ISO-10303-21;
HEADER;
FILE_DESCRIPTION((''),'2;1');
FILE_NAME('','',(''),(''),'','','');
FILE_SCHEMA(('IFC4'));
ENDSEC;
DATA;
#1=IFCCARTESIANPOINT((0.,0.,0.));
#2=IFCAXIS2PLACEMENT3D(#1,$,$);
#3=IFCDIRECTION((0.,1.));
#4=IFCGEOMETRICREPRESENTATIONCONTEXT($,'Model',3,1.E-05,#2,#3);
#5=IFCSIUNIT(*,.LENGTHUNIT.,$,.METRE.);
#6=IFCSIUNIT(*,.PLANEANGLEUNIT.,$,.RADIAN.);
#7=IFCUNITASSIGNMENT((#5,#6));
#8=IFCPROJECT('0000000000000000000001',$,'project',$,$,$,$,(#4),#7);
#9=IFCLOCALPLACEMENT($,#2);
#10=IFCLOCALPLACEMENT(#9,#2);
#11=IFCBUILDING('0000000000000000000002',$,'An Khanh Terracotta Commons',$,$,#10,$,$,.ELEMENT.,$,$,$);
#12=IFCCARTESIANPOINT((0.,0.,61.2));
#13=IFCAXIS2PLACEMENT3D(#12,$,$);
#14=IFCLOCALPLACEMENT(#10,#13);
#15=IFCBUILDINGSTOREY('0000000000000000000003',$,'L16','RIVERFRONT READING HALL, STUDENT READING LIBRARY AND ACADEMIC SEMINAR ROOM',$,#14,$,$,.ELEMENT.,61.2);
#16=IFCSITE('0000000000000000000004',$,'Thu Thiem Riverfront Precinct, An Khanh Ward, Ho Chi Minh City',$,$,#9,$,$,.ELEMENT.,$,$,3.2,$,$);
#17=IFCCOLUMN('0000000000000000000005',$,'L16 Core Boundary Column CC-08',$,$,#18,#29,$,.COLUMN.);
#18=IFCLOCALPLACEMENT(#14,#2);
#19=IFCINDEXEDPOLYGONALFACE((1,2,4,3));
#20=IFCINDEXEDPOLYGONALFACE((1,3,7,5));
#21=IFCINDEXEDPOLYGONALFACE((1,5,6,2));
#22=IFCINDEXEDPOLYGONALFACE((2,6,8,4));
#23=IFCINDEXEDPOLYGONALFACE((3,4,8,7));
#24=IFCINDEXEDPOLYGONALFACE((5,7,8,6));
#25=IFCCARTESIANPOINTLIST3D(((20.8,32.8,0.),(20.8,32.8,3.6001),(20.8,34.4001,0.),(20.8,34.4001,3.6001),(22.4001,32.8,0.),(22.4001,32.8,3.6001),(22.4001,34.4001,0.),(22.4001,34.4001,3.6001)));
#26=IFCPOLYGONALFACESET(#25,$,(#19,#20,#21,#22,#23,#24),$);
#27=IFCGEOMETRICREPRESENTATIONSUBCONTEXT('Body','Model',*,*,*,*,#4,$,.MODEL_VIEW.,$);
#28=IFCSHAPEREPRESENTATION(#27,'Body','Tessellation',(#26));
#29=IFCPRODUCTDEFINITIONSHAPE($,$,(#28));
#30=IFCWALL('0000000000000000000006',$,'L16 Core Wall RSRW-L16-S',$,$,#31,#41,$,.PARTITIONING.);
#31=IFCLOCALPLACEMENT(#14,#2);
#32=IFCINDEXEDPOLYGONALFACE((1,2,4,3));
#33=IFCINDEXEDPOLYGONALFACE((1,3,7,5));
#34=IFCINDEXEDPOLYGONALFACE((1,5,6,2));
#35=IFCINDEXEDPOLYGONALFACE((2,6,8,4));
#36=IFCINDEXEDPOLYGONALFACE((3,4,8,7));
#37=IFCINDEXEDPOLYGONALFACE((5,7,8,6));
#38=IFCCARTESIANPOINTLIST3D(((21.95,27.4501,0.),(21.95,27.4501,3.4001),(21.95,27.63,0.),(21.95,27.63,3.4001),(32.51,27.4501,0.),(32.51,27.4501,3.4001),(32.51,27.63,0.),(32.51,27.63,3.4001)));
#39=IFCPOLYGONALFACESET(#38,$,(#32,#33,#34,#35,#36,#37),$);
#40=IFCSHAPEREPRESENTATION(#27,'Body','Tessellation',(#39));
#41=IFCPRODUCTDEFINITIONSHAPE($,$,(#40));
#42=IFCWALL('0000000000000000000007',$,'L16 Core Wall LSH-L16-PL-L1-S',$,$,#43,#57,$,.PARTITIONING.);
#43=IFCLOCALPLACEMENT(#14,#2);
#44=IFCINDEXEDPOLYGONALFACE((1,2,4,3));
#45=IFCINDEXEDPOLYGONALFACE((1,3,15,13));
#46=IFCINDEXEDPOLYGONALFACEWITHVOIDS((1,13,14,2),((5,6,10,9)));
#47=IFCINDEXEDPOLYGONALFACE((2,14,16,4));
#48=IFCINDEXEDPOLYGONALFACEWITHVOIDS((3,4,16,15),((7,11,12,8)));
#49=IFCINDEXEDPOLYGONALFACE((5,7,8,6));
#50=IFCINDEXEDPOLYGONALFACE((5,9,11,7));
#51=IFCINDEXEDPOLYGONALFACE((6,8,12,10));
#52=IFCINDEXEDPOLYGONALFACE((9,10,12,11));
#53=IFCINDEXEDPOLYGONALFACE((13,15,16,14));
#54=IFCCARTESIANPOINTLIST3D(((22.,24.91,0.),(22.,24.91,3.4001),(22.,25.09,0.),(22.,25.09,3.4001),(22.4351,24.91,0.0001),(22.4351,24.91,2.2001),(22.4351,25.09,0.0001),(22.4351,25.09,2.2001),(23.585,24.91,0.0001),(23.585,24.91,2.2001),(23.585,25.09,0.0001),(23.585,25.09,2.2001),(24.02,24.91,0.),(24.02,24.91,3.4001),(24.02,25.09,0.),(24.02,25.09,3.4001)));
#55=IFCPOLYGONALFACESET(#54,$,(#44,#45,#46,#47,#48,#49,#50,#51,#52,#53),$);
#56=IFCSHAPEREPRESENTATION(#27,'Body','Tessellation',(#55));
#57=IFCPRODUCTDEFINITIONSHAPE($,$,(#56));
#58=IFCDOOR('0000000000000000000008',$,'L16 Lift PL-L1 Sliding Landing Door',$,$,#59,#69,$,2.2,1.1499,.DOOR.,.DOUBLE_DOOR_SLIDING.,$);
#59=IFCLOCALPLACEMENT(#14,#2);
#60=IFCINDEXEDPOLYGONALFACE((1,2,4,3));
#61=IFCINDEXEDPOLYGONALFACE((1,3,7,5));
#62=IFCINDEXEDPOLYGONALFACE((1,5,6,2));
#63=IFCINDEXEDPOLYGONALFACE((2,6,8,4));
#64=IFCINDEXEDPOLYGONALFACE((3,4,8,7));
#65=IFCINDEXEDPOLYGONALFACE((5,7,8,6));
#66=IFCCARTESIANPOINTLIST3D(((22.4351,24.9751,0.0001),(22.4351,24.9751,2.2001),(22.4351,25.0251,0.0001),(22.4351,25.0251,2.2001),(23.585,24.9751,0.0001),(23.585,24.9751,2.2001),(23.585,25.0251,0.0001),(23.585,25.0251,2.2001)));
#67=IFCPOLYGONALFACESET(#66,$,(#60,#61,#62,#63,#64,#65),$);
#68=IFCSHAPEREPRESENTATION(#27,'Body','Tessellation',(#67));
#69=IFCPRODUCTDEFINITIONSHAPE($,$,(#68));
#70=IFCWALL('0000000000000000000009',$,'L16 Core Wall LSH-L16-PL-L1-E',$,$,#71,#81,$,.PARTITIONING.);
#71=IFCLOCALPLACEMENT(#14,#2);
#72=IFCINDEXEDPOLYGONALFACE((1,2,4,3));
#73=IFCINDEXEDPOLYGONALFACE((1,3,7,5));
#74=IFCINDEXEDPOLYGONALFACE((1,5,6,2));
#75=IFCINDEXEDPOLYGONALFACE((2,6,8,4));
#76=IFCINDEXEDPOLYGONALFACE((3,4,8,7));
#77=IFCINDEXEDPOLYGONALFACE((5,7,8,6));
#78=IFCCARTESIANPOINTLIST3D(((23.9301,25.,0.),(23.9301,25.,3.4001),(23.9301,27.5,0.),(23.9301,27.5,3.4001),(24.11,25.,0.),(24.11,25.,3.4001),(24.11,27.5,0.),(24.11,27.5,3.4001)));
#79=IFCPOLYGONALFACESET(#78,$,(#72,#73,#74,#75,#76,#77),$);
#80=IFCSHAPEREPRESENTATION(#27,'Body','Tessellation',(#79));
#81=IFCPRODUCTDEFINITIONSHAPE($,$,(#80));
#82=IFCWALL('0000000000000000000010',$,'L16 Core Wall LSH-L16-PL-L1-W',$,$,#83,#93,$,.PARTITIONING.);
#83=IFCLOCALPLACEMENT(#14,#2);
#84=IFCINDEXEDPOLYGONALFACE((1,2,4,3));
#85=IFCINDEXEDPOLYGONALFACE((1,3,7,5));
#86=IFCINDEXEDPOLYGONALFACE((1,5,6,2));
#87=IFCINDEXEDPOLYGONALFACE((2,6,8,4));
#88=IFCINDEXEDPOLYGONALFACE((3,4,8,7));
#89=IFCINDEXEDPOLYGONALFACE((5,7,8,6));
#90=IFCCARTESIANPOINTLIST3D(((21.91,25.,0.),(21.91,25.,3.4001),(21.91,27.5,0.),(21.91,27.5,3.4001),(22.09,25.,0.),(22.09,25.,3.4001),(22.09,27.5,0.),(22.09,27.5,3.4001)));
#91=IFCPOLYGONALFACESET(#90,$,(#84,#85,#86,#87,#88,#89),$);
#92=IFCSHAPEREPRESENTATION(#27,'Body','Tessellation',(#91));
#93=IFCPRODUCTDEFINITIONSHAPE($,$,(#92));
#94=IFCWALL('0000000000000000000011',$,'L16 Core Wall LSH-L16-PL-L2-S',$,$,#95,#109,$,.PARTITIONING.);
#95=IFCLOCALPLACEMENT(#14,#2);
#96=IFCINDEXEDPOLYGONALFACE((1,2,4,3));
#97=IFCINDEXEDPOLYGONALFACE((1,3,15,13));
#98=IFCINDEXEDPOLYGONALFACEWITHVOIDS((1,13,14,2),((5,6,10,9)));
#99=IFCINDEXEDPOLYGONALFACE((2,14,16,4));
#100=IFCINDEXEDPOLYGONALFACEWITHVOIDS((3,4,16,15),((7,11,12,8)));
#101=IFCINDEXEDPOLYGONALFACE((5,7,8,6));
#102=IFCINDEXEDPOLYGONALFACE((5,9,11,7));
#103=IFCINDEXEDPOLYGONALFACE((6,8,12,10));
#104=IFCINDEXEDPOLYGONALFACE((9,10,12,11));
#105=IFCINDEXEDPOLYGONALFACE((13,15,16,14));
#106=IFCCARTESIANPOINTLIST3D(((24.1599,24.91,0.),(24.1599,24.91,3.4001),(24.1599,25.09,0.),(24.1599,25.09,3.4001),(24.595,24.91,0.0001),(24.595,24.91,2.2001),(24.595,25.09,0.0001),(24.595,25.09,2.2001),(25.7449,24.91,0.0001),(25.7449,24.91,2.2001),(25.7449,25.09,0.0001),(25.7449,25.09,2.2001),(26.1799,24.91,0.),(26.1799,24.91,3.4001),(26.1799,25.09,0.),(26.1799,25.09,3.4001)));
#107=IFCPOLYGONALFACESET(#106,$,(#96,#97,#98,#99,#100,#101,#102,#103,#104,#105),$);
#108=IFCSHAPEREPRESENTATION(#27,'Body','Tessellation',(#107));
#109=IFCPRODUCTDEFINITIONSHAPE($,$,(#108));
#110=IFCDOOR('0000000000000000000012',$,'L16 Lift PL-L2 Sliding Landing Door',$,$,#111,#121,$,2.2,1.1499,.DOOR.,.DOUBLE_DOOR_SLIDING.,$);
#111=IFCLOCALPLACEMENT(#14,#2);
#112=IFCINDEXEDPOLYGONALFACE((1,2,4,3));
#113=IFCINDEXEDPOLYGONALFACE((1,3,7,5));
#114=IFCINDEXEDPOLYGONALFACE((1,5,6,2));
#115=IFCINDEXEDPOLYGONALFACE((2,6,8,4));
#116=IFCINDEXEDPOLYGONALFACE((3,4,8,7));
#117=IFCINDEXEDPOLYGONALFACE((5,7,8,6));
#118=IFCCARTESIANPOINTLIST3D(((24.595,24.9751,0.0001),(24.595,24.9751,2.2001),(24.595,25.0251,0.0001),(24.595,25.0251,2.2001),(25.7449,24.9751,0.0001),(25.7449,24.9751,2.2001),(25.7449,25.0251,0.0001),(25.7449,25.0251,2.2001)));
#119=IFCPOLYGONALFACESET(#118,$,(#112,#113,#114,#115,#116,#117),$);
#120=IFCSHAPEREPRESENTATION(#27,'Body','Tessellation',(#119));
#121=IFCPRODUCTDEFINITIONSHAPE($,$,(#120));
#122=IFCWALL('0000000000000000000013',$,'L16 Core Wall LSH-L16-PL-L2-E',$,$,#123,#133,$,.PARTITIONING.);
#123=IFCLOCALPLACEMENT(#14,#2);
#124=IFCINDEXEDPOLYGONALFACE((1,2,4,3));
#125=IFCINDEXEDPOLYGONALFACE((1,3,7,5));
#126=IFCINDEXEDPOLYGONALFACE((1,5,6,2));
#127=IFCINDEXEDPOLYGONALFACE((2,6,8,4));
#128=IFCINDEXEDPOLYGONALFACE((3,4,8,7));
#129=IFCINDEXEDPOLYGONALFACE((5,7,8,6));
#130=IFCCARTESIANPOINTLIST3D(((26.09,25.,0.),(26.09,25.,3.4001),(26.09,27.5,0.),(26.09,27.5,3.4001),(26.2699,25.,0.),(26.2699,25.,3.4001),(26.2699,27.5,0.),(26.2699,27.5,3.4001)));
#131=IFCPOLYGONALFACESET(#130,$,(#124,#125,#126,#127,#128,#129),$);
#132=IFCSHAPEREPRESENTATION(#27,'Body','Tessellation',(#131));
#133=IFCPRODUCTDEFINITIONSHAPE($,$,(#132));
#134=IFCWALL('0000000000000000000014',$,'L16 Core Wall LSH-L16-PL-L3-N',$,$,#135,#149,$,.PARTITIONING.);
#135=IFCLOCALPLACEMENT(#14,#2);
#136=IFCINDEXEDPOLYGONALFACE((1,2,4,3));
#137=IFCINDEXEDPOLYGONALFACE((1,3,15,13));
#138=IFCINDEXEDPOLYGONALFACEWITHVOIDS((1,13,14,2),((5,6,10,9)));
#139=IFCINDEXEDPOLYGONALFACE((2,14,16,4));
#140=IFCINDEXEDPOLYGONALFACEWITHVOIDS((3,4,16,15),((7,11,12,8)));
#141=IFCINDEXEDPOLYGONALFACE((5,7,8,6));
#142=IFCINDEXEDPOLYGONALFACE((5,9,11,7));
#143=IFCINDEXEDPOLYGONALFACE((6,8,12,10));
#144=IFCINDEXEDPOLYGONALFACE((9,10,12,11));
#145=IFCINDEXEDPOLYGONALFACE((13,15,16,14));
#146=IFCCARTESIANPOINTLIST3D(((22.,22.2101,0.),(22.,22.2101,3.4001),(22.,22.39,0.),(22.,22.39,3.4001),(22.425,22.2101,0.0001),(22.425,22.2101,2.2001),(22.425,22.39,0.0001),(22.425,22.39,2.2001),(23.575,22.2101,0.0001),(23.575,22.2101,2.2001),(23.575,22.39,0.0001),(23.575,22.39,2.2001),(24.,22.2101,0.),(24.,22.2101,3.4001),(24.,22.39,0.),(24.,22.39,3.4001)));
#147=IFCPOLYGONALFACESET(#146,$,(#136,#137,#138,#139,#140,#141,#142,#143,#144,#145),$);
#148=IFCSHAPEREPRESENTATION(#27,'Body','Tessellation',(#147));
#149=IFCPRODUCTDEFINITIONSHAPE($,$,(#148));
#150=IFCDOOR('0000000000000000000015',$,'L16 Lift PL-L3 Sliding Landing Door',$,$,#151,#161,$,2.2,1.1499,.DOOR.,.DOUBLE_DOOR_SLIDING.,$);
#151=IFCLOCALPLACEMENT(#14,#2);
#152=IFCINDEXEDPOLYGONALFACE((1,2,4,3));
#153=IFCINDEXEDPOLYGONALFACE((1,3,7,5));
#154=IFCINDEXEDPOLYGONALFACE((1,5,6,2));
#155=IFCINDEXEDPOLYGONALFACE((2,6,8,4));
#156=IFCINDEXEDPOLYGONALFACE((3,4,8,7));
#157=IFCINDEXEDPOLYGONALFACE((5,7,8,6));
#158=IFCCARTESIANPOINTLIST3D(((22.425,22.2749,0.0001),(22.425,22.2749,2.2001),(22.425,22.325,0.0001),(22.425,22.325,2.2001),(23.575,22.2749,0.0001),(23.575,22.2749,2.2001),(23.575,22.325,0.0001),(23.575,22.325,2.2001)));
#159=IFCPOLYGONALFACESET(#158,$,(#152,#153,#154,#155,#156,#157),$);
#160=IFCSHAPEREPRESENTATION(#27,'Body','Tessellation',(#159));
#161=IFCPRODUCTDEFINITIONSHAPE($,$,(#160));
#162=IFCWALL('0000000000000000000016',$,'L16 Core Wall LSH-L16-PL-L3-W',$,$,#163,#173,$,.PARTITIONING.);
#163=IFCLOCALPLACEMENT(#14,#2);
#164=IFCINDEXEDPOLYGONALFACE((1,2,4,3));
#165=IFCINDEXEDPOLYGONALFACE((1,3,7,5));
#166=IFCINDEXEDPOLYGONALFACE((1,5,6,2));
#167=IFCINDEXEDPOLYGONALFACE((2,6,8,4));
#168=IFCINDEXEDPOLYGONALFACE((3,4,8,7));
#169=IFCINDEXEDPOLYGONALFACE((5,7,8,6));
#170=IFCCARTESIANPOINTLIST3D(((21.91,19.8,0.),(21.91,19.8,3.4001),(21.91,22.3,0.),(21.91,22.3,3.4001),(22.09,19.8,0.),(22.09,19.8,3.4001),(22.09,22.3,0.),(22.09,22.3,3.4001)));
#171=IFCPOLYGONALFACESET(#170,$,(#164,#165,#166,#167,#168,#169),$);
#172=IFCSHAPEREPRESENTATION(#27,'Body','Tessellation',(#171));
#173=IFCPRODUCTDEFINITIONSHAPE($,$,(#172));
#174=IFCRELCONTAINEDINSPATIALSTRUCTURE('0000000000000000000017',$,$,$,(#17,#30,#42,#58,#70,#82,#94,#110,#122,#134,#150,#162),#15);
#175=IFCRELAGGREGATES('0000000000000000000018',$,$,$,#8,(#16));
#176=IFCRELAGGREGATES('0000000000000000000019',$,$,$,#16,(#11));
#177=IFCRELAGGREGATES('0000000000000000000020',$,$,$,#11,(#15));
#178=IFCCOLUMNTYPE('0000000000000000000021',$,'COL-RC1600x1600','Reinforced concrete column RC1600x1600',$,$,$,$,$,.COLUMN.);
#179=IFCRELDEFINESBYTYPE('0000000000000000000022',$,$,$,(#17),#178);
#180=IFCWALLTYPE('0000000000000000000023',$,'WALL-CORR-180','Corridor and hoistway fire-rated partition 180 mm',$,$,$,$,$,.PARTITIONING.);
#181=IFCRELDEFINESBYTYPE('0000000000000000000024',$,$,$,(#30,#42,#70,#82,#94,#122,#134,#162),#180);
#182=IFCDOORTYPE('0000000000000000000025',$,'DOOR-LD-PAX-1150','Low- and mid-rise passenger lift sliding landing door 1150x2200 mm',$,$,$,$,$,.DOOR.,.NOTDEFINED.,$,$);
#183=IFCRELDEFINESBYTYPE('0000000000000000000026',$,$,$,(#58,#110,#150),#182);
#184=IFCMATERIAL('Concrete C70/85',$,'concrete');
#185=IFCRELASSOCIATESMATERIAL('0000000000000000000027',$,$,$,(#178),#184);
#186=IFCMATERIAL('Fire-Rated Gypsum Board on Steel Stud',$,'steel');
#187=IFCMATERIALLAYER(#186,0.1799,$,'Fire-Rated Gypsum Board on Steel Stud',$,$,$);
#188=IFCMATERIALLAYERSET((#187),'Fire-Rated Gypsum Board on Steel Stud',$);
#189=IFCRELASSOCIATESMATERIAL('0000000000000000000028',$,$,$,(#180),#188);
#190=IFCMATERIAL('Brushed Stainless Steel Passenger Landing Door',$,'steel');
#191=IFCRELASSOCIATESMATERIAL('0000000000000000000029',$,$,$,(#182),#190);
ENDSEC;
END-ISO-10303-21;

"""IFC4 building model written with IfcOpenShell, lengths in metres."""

from ifc_helpers import new_model, si_unit, direction, frame, frame_2d, origin, origin_2d, place, context, subcontext, project, spatial, rectangle, extrude, material, layer, layer_set, material_profile, profile_set, type_object, element, fill, save


model = new_model("IFC4")

# Units and contexts
model_context = context("Model", 3, precision=1e-05, world=origin(), true_north=direction((0.0, 1.0)))
body_context = subcontext(model_context, "Body", "Model", "MODEL_VIEW")
ifc_project = project(units=[si_unit("LENGTHUNIT", "METRE"), si_unit("PLANEANGLEUNIT", "RADIAN")], contexts=[model_context])

# Site, building, storey
site_placement = place(None, origin())
site = spatial("IfcSite", under=ifc_project, at=site_placement, Name="Thu Thiem Riverfront Precinct, An Khanh Ward, Ho Chi Minh City", CompositionType="ELEMENT", RefElevation=3.2)
building_placement = place(site_placement, origin())
building = spatial("IfcBuilding", under=site, at=building_placement, Name="An Khanh Terracotta Commons", CompositionType="ELEMENT")
storey_placement = place(building_placement, frame((0.0, 0.0, 61.2)))
storey = spatial("IfcBuildingStorey", under=building, at=storey_placement, Name="L16", Description="RIVERFRONT READING HALL, STUDENT READING LIBRARY AND ACADEMIC SEMINAR ROOM", CompositionType="ELEMENT", Elevation=61.2)

# Column
ifc_material_1 = material(Name="Concrete C70/85", Category="concrete")
ifc_material_profile = material_profile(ifc_material_1, rectangle(XDim=1.6001, YDim=1.6001, at=origin_2d()), Name="RC1600x1600")
ifc_profile_set = profile_set([ifc_material_profile], Name="Concrete C70/85")
column_type = type_object("IfcColumnType", Name="COL-RC1600x1600", Description="Reinforced concrete column RC1600x1600", PredefinedType="COLUMN", material=ifc_profile_set)
column_placement = place(storey_placement, frame((21.6001, 33.6001, 0.0), z_axis=(0.0, 0.0, 1.0), x_axis=(1.0, 0.0, 0.0)))
element("IfcColumn", 1, at=column_placement, inside=storey, type_object=column_type, Name="L16 Core Boundary Column CC-08", PredefinedType="COLUMN", context=body_context, shape_type="SweptSolid", body=[
    extrude(rectangle(XDim=1.6001, YDim=1.6001, at=origin_2d()), origin(), (0.0, 0.0, 1.0), 3.6001),
])

# Wall
ifc_material_2 = material(Name="Fire-Rated Gypsum Board on Steel Stud", Category="steel")
ifc_layer_1 = layer(ifc_material_2, 0.1799, Name="Fire-Rated Gypsum Board on Steel Stud")
ifc_layer_set_1 = layer_set([ifc_layer_1], Name="Fire-Rated Gypsum Board on Steel Stud")
wall_type_1 = type_object("IfcWallType", Name="WALL-CORR-180", Description="Corridor and hoistway fire-rated partition 180 mm", PredefinedType="PARTITIONING", material=ifc_layer_set_1)
wall_1_placement = place(storey_placement, frame((21.95, 27.54, 0.0), z_axis=(0.0, 0.0, 1.0), x_axis=(1.0, 0.0, 0.0)))
element("IfcWall", 2, at=wall_1_placement, inside=storey, type_object=wall_type_1, Name="L16 Core Wall RSRW-L16-S", PredefinedType="PARTITIONING", context=body_context, shape_type="SweptSolid", body=[
    extrude(rectangle(XDim=10.5601, YDim=0.1799, at=frame_2d((5.28, 0.0))), origin(), (0.0, 0.0, 1.0), 3.4001),
])

# Wall, opening, door
wall_2_placement = place(storey_placement, frame((24.02, 25.0, 0.0), z_axis=(0.0, 0.0, 1.0), x_axis=(-1.0, 0.0, 0.0)))
wall_2 = element("IfcWall", 3, at=wall_2_placement, inside=storey, type_object=wall_type_1, Name="L16 Core Wall LSH-L16-PL-L1-S", PredefinedType="PARTITIONING", context=body_context, shape_type="SweptSolid", body=[
    extrude(rectangle(XDim=2.02, YDim=0.1799, at=frame_2d((1.01, 0.0))), origin(), (0.0, 0.0, 1.0), 3.4001),
])
opening_1_placement = place(wall_2_placement, frame((0.4351, 0.0, 0.0)))
opening_1 = element("IfcOpeningElement", 4, at=opening_1_placement, cuts=wall_2, PredefinedType="OPENING", context=body_context, shape_type="SweptSolid", body=[
    extrude(rectangle(XDim=1.1499, YDim=2.2, at=frame_2d((0.575, 1.1001))), frame((0.0, 0.0999, 0.0), z_axis=(0.0, -1.0, 0.0), x_axis=(1.0, 0.0, 0.0)), (0.0, 0.0, 1.0), 0.2),
])
ifc_material_3 = material(Name="Brushed Stainless Steel Passenger Landing Door", Category="steel")
door_type = type_object("IfcDoorType", Name="DOOR-LD-PAX-1150", Description="Low- and mid-rise passenger lift sliding landing door 1150x2200 mm", OperationType="NOTDEFINED", PredefinedType="DOOR", material=ifc_material_3)
door_1_placement = place(opening_1_placement, origin())
door_1 = element("IfcDoor", 5, at=door_1_placement, inside=storey, type_object=door_type, Name="L16 Lift PL-L1 Sliding Landing Door", OperationType="DOUBLE_DOOR_SLIDING", OverallHeight=2.2, OverallWidth=1.1499, PredefinedType="DOOR", context=body_context, shape_type="SweptSolid", body=[
    extrude(rectangle(XDim=1.1499, YDim=2.2, at=frame_2d((0.575, 1.1001))), frame((0.0, 0.0249, 0.0), z_axis=(0.0, -1.0, 0.0), x_axis=(1.0, 0.0, 0.0)), (0.0, 0.0, 1.0), 0.05),
])
fill(opening_1, door_1)

# Walls
for number, where, z_axis, x_axis, name in (
    (6, (24.02, 25.0, 0.0), (0.0, 0.0, 1.0), (0.0, 1.0, 0.0), "L16 Core Wall LSH-L16-PL-L1-E"),
    (7, (22.0, 27.5, 0.0), (0.0, 0.0, 1.0), (0.0, -1.0, 0.0), "L16 Core Wall LSH-L16-PL-L1-W"),
):
    element("IfcWall", number, at=place(storey_placement, frame(where, z_axis=z_axis, x_axis=x_axis)), inside=storey, type_object=wall_type_1, Name=name, PredefinedType="PARTITIONING", context=body_context, shape_type="SweptSolid", body=[
        extrude(rectangle(XDim=2.5, YDim=0.1799, at=frame_2d((1.25, 0.0))), origin(), (0.0, 0.0, 1.0), 3.4001),
    ])

# Wall, opening, door
wall_3_placement = place(storey_placement, frame((26.1799, 25.0, 0.0), z_axis=(0.0, 0.0, 1.0), x_axis=(-1.0, 0.0, 0.0)))
wall_3 = element("IfcWall", 8, at=wall_3_placement, inside=storey, type_object=wall_type_1, Name="L16 Core Wall LSH-L16-PL-L2-S", PredefinedType="PARTITIONING", context=body_context, shape_type="SweptSolid", body=[
    extrude(rectangle(XDim=2.02, YDim=0.1799, at=frame_2d((1.01, 0.0))), origin(), (0.0, 0.0, 1.0), 3.4001),
])
opening_2_placement = place(wall_3_placement, frame((0.4351, 0.0, 0.0)))
opening_2 = element("IfcOpeningElement", 9, at=opening_2_placement, cuts=wall_3, PredefinedType="OPENING", context=body_context, shape_type="SweptSolid", body=[
    extrude(rectangle(XDim=1.1499, YDim=2.2, at=frame_2d((0.575, 1.1001))), frame((0.0, 0.0999, 0.0), z_axis=(0.0, -1.0, 0.0), x_axis=(1.0, 0.0, 0.0)), (0.0, 0.0, 1.0), 0.2),
])
door_2_placement = place(opening_2_placement, origin())
door_2 = element("IfcDoor", 10, at=door_2_placement, inside=storey, type_object=door_type, Name="L16 Lift PL-L2 Sliding Landing Door", OperationType="DOUBLE_DOOR_SLIDING", OverallHeight=2.2, OverallWidth=1.1499, PredefinedType="DOOR", context=body_context, shape_type="SweptSolid", body=[
    extrude(rectangle(XDim=1.1499, YDim=2.2, at=frame_2d((0.575, 1.1001))), frame((0.0, 0.0249, 0.0), z_axis=(0.0, -1.0, 0.0), x_axis=(1.0, 0.0, 0.0)), (0.0, 0.0, 1.0), 0.05),
])
fill(opening_2, door_2)

# Wall
wall_4_placement = place(storey_placement, frame((26.1799, 25.0, 0.0), z_axis=(0.0, 0.0, 1.0), x_axis=(0.0, 1.0, 0.0)))
element("IfcWall", 11, at=wall_4_placement, inside=storey, type_object=wall_type_1, Name="L16 Core Wall LSH-L16-PL-L2-E", PredefinedType="PARTITIONING", context=body_context, shape_type="SweptSolid", body=[
    extrude(rectangle(XDim=2.5, YDim=0.1799, at=frame_2d((1.25, 0.0))), origin(), (0.0, 0.0, 1.0), 3.4001),
])

# Wall, opening, door
wall_5_placement = place(storey_placement, frame((22.0, 22.3, 0.0), z_axis=(0.0, 0.0, 1.0), x_axis=(1.0, 0.0, 0.0)))
wall_5 = element("IfcWall", 12, at=wall_5_placement, inside=storey, type_object=wall_type_1, Name="L16 Core Wall LSH-L16-PL-L3-N", PredefinedType="PARTITIONING", context=body_context, shape_type="SweptSolid", body=[
    extrude(rectangle(XDim=2.0, YDim=0.1799, at=frame_2d((1.0, 0.0))), origin(), (0.0, 0.0, 1.0), 3.4001),
])
opening_3_placement = place(wall_5_placement, frame((0.425, 0.0, 0.0)))
opening_3 = element("IfcOpeningElement", 13, at=opening_3_placement, cuts=wall_5, PredefinedType="OPENING", context=body_context, shape_type="SweptSolid", body=[
    extrude(rectangle(XDim=1.1499, YDim=2.2, at=frame_2d((0.575, 1.1001))), frame((0.0, 0.0999, 0.0), z_axis=(0.0, -1.0, 0.0), x_axis=(1.0, 0.0, 0.0)), (0.0, 0.0, 1.0), 0.2),
])
door_3_placement = place(opening_3_placement, origin())
door_3 = element("IfcDoor", 14, at=door_3_placement, inside=storey, type_object=door_type, Name="L16 Lift PL-L3 Sliding Landing Door", OperationType="DOUBLE_DOOR_SLIDING", OverallHeight=2.2, OverallWidth=1.1499, PredefinedType="DOOR", context=body_context, shape_type="SweptSolid", body=[
    extrude(rectangle(XDim=1.1499, YDim=2.2, at=frame_2d((0.575, 1.1001))), frame((0.0, 0.0249, 0.0), z_axis=(0.0, -1.0, 0.0), x_axis=(1.0, 0.0, 0.0)), (0.0, 0.0, 1.0), 0.05),
])
fill(opening_3, door_3)

# Wall
wall_6_placement = place(storey_placement, frame((22.0, 22.3, 0.0), z_axis=(0.0, 0.0, 1.0), x_axis=(0.0, -1.0, 0.0)))
element("IfcWall", 15, at=wall_6_placement, inside=storey, type_object=wall_type_1, Name="L16 Core Wall LSH-L16-PL-L3-W", PredefinedType="PARTITIONING", context=body_context, shape_type="SweptSolid", body=[
    extrude(rectangle(XDim=2.5, YDim=0.1799, at=frame_2d((1.25, 0.0))), origin(), (0.0, 0.0, 1.0), 3.4001),
])

save(model, "model.ifc")
